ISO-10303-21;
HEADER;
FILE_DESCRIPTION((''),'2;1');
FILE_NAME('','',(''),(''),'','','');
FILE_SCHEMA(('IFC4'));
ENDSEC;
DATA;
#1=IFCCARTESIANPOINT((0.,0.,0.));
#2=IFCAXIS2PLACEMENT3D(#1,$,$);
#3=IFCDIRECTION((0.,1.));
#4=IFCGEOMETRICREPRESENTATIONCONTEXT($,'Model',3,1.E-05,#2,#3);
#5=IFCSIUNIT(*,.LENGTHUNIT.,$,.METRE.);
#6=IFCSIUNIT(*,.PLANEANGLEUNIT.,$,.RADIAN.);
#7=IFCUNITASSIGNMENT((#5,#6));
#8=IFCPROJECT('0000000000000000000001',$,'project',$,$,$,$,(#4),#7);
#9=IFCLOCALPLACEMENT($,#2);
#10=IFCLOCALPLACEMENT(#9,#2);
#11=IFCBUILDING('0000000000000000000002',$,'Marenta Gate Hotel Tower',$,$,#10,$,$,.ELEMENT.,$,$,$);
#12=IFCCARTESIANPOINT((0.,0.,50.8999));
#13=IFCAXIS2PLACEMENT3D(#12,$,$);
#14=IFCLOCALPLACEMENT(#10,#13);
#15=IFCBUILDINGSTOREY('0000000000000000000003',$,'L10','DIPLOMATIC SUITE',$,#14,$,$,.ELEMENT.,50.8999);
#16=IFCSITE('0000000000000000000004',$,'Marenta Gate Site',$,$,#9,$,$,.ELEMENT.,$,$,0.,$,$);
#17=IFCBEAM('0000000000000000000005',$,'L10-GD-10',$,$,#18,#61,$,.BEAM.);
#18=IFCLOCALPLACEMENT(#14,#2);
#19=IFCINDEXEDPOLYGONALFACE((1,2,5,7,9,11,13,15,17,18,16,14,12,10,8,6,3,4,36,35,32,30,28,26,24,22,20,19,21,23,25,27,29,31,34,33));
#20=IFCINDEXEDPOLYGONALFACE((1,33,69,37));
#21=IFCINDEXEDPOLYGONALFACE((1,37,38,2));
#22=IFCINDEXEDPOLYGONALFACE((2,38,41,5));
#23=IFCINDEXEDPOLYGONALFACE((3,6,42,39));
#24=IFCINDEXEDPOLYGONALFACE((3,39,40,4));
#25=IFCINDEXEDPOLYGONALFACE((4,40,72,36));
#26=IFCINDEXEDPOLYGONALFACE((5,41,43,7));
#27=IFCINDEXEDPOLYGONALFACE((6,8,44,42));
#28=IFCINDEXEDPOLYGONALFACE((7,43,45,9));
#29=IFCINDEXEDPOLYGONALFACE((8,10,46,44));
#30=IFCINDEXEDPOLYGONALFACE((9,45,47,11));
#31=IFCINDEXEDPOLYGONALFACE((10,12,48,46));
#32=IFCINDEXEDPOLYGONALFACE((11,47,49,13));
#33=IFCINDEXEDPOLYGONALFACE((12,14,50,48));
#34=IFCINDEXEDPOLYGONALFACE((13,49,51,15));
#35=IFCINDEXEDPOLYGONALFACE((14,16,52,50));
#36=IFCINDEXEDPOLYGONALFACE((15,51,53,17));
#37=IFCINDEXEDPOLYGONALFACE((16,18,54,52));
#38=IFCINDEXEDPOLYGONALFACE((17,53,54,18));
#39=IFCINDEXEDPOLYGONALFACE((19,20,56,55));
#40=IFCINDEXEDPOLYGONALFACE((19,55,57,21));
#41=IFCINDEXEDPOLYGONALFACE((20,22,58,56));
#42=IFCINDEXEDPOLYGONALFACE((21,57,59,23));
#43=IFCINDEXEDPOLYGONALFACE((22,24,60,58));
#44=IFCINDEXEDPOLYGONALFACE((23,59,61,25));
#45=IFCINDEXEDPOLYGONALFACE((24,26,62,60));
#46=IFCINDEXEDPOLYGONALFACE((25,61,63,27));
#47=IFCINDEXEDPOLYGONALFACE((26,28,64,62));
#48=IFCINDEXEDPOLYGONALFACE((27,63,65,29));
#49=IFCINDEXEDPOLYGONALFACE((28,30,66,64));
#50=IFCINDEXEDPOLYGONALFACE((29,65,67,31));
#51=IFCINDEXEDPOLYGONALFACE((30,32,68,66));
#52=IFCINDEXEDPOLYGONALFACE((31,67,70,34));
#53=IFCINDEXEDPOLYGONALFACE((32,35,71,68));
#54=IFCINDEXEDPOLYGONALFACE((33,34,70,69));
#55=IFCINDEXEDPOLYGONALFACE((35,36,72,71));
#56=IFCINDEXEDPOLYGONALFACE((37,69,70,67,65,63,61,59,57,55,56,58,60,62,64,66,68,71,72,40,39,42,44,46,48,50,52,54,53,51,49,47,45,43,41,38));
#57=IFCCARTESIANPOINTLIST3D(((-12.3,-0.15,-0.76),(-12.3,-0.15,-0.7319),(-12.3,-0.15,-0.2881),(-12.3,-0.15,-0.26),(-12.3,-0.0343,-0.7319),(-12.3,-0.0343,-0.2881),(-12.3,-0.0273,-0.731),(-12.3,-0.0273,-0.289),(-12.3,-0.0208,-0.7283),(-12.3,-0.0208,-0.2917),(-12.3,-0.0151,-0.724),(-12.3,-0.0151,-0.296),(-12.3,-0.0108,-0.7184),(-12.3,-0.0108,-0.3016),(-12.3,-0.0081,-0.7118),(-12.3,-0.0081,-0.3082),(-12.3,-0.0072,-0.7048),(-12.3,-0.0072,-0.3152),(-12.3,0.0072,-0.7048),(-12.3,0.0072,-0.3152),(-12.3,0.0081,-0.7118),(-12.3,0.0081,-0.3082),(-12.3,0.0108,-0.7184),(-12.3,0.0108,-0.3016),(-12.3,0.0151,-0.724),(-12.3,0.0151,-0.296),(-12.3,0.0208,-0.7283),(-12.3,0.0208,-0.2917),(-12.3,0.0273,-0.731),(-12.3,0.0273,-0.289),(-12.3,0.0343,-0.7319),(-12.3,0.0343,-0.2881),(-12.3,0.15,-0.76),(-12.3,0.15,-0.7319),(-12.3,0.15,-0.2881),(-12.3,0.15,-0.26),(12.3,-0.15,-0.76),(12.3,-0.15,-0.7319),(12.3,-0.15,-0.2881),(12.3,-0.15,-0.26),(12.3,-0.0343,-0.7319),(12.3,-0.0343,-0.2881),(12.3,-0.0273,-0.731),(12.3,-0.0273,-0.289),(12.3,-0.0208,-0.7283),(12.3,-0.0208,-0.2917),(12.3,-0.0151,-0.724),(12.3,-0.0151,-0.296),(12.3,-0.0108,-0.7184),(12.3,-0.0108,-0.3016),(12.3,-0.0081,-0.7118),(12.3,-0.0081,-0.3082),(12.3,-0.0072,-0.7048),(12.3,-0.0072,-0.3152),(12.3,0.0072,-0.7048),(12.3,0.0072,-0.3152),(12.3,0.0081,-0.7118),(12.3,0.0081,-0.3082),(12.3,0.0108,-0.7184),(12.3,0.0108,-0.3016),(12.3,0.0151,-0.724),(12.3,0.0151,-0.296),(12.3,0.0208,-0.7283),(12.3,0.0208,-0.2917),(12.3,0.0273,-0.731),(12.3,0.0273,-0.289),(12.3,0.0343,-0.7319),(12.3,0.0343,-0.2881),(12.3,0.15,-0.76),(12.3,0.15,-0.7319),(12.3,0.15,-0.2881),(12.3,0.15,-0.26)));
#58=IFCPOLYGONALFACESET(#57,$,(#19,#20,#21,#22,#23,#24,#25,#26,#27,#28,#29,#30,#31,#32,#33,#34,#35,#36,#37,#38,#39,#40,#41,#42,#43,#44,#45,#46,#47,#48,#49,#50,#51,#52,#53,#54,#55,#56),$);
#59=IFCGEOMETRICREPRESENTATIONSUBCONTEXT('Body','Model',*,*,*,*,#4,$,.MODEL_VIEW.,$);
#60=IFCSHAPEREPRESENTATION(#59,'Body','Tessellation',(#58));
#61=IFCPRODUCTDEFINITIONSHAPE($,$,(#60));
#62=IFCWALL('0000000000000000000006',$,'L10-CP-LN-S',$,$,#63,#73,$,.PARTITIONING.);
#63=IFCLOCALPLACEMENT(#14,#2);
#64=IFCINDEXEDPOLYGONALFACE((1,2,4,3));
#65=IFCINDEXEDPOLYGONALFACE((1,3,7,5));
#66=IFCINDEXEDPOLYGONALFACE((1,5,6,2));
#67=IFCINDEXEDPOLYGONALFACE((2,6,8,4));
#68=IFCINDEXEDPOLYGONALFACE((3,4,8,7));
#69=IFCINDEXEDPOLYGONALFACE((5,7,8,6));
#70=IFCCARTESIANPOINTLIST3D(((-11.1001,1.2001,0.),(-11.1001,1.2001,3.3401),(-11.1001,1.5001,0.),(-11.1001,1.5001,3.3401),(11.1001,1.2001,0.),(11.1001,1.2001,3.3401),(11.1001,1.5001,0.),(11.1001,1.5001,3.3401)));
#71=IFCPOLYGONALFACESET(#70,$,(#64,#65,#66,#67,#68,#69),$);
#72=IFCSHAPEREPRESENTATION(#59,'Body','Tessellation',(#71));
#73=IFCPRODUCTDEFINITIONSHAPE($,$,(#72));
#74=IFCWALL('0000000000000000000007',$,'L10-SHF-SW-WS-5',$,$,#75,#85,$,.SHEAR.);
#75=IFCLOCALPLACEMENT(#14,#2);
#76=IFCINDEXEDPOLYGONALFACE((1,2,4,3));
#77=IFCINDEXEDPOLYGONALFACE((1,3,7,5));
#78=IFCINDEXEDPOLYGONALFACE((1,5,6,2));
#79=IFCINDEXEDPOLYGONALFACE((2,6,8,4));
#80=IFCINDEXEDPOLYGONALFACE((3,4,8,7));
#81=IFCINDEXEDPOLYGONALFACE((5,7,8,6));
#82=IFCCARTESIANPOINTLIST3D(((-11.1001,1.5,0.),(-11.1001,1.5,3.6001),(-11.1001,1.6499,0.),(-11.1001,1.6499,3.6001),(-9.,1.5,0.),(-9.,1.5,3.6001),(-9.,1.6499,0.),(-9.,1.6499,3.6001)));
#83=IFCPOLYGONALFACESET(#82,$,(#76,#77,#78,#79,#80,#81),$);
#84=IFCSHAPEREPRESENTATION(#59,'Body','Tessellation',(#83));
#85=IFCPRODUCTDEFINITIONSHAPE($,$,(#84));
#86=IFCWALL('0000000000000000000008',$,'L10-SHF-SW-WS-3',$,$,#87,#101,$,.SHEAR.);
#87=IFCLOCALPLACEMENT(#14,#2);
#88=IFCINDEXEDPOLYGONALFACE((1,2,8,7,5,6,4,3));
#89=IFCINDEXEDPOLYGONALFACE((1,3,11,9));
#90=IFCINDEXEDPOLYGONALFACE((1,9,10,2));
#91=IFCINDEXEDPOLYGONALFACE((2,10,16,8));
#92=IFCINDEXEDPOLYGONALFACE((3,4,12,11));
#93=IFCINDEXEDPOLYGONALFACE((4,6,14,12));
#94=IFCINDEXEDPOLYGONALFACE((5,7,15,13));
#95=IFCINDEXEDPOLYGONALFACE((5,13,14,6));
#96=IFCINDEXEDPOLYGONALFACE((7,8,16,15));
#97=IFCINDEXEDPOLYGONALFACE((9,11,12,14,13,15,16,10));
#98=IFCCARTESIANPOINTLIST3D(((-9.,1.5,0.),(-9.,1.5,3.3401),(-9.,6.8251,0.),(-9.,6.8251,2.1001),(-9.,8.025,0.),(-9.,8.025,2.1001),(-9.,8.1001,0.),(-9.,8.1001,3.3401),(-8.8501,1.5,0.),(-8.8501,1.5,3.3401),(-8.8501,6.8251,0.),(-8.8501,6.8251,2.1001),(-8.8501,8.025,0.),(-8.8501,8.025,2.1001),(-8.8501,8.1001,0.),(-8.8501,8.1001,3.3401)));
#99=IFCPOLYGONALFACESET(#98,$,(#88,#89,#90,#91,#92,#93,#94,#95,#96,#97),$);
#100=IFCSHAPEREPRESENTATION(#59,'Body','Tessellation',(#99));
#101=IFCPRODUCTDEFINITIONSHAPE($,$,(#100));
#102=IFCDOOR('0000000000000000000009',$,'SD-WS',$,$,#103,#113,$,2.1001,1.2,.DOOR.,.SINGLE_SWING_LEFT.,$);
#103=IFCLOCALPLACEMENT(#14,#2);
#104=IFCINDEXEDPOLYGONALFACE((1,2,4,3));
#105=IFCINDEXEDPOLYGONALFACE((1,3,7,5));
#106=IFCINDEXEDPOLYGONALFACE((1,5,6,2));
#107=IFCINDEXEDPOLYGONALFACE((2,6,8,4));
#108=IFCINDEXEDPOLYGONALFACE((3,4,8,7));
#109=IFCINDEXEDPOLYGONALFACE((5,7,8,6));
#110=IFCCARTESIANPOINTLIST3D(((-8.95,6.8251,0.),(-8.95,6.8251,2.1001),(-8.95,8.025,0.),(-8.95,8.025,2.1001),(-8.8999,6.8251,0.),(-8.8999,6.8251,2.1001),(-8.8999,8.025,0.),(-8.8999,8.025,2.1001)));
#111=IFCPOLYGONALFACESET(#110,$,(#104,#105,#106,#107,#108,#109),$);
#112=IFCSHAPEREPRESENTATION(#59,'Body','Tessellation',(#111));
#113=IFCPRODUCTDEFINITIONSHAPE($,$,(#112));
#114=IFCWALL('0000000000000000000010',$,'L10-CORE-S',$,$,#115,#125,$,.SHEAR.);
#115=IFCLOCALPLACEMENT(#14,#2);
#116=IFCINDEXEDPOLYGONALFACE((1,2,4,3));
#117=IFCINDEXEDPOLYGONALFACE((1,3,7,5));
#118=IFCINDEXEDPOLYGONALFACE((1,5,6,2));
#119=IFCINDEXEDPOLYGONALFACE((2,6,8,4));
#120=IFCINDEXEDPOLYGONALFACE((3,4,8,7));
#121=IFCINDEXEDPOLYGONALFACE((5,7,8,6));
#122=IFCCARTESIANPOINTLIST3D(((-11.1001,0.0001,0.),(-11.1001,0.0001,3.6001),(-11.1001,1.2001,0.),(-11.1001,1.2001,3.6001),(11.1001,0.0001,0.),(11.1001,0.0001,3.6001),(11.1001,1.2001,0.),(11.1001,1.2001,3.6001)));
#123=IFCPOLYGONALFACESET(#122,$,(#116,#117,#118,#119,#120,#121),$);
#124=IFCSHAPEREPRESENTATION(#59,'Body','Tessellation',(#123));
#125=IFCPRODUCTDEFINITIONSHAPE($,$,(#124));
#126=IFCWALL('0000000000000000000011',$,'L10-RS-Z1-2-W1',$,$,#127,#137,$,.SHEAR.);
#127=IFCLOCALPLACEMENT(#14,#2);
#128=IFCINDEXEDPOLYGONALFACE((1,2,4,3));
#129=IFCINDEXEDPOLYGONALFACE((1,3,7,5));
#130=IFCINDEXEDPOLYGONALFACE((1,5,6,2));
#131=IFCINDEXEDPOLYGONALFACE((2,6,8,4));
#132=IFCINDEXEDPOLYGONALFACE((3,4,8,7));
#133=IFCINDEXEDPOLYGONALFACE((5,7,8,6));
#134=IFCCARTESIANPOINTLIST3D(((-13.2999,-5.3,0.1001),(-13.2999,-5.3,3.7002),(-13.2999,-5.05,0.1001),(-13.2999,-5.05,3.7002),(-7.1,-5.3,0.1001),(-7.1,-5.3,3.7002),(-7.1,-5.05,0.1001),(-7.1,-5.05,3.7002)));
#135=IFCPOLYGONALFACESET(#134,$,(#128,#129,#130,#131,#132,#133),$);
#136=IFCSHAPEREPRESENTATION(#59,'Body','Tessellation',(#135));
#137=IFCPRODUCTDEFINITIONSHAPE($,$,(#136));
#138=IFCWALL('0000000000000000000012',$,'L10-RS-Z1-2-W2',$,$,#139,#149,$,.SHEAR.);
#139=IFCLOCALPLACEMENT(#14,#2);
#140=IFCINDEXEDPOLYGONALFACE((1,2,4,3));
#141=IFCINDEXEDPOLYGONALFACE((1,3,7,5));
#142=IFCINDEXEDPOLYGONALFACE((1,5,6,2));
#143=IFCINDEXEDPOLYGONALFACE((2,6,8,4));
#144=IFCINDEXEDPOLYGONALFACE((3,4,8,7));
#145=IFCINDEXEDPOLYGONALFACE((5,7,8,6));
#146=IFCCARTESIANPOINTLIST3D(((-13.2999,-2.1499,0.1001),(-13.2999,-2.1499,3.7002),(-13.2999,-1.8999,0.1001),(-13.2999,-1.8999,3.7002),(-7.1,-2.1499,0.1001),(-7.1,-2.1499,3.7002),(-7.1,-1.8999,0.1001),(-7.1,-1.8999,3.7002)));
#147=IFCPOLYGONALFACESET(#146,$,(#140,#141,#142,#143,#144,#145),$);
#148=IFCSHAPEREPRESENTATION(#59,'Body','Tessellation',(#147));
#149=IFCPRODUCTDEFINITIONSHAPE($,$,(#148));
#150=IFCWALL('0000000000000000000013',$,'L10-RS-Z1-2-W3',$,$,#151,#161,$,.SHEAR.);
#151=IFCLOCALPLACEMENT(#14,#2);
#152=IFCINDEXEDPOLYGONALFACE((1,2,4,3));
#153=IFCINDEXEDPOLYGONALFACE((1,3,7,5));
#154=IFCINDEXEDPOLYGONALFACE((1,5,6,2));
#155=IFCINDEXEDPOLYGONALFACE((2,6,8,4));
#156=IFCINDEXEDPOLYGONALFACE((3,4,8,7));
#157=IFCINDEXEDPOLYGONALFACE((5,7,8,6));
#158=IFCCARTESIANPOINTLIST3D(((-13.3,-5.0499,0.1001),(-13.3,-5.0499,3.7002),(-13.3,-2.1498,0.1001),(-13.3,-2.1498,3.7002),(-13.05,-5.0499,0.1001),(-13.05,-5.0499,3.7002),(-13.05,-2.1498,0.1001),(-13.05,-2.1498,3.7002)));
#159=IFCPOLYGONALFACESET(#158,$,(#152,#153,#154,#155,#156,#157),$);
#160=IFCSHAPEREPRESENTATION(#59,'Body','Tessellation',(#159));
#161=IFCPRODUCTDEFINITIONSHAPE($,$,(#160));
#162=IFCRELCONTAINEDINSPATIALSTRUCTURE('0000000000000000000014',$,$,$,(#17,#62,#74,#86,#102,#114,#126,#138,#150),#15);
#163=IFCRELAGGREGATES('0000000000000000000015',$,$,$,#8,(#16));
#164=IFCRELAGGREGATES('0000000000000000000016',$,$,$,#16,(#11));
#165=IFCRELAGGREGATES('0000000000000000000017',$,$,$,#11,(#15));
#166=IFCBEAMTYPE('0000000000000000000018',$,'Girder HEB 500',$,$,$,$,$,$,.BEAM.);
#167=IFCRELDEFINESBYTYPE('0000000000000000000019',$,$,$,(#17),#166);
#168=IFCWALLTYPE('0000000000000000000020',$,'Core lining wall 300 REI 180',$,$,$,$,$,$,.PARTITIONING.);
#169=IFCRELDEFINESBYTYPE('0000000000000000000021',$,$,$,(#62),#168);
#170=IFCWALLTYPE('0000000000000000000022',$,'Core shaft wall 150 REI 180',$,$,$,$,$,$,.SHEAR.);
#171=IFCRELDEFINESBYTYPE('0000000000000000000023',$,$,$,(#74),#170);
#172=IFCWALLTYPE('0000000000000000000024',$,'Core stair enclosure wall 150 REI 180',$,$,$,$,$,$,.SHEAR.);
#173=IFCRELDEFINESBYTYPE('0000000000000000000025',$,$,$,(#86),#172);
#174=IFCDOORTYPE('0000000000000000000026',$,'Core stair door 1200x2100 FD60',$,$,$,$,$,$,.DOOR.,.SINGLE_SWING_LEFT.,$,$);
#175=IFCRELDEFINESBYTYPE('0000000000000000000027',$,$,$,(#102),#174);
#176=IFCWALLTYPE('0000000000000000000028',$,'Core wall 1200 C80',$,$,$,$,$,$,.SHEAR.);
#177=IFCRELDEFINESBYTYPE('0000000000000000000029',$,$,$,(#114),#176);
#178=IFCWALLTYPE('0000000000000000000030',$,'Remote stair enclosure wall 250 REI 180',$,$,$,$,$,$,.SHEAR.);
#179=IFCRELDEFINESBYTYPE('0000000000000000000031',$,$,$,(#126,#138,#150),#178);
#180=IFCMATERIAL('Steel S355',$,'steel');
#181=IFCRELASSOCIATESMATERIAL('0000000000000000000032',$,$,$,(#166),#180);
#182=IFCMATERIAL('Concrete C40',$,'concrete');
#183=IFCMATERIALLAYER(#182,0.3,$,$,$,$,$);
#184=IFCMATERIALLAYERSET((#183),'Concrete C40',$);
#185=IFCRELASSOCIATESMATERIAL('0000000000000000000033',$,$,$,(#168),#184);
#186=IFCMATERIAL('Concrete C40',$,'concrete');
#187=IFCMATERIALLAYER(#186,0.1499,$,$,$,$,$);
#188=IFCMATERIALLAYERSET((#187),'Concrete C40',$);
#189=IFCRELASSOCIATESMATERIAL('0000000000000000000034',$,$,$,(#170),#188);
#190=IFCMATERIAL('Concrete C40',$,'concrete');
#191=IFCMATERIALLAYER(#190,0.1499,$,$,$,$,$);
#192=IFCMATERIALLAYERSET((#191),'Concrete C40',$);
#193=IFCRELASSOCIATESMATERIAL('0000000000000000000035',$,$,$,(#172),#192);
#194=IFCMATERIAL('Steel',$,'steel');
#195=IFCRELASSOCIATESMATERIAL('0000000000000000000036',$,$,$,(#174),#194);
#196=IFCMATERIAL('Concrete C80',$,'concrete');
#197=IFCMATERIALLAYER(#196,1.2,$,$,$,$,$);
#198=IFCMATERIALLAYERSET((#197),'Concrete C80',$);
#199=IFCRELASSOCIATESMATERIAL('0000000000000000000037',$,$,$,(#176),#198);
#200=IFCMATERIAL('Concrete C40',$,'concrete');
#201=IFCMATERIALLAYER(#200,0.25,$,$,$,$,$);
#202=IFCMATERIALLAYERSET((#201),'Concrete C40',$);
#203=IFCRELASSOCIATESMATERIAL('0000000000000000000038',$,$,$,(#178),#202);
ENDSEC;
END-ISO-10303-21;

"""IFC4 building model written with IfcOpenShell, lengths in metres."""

from ifc_helpers import new_model, si_unit, direction, frame, frame_2d, origin, origin_2d, place, context, subcontext, project, spatial, rectangle, i_section, extrude, material, layer, layer_set, material_profile, profile_set, type_object, element, fill, save


model = new_model("IFC4")

# Units and contexts
model_context = context("Model", 3, precision=1e-05, world=origin(), true_north=direction((0.0, 1.0)))
body_context = subcontext(model_context, "Body", "Model", "MODEL_VIEW")
ifc_project = project(units=[si_unit("LENGTHUNIT", "METRE"), si_unit("PLANEANGLEUNIT", "RADIAN")], contexts=[model_context])

# Site, building, storey
site_placement = place(None, origin())
site = spatial("IfcSite", under=ifc_project, at=site_placement, Name="Marenta Gate Site", CompositionType="ELEMENT", RefElevation=0.0)
building_placement = place(site_placement, origin())
building = spatial("IfcBuilding", under=site, at=building_placement, Name="Marenta Gate Hotel Tower", CompositionType="ELEMENT")
storey_placement = place(building_placement, frame((0.0, 0.0, 50.8999)))
storey = spatial("IfcBuildingStorey", under=building, at=storey_placement, Name="L10", Description="DIPLOMATIC SUITE", CompositionType="ELEMENT", Elevation=50.8999)

# Beam
ifc_material_1 = material(Name="Steel S355", Category="steel")
ifc_material_profile = material_profile(ifc_material_1, i_section(OverallWidth=0.3, OverallDepth=0.5, WebThickness=0.0144, FlangeThickness=0.0281, FilletRadius=0.0271, at=origin_2d()), Name="HEB 500")
ifc_profile_set = profile_set([ifc_material_profile], Name="Steel S355")
beam_type = type_object("IfcBeamType", Name="Girder HEB 500", PredefinedType="BEAM", material=ifc_profile_set)
beam_placement = place(storey_placement, frame((-12.3, 0.0, -0.51), z_axis=(1.0, 0.0, 0.0), x_axis=(0.0, 1.0, 0.0)))
element("IfcBeam", 1, at=beam_placement, inside=storey, type_object=beam_type, Name="L10-GD-10", PredefinedType="BEAM", context=body_context, shape_type="SweptSolid", body=[
    extrude(i_section(OverallWidth=0.3, OverallDepth=0.5, WebThickness=0.0144, FlangeThickness=0.0281, FilletRadius=0.0271, at=origin_2d()), origin(), (0.0, 0.0, 1.0), 24.6001),
])

# Walls
ifc_material_2 = material(Name="Concrete C40", Category="concrete")
ifc_layer_1 = layer(ifc_material_2, 0.3)
ifc_layer_set_1 = layer_set([ifc_layer_1], Name="Concrete C40")
wall_type_1 = type_object("IfcWallType", Name="Core lining wall 300 REI 180", PredefinedType="PARTITIONING", material=ifc_layer_set_1)
wall_1_placement = place(storey_placement, frame((-11.1001, 1.3501, 0.0), z_axis=(0.0, 0.0, 1.0), x_axis=(1.0, 0.0, 0.0)))
element("IfcWall", 2, at=wall_1_placement, inside=storey, type_object=wall_type_1, Name="L10-CP-LN-S", PredefinedType="PARTITIONING", context=body_context, shape_type="SweptSolid", body=[
    extrude(rectangle(XDim=22.2002, YDim=0.3, at=frame_2d((11.1001, 0.0))), origin(), (0.0, 0.0, 1.0), 3.3401),
])
ifc_material_3 = material(Name="Concrete C40", Category="concrete")
ifc_layer_2 = layer(ifc_material_3, 0.1499)
ifc_layer_set_2 = layer_set([ifc_layer_2], Name="Concrete C40")
wall_type_2 = type_object("IfcWallType", Name="Core shaft wall 150 REI 180", PredefinedType="SHEAR", material=ifc_layer_set_2)
wall_2_placement = place(storey_placement, frame((-11.1001, 1.575, 0.0), z_axis=(0.0, 0.0, 1.0), x_axis=(1.0, 0.0, 0.0)))
element("IfcWall", 3, at=wall_2_placement, inside=storey, type_object=wall_type_2, Name="L10-SHF-SW-WS-5", PredefinedType="SHEAR", context=body_context, shape_type="SweptSolid", body=[
    extrude(rectangle(XDim=2.1001, YDim=0.1499, at=frame_2d((1.05, 0.0))), origin(), (0.0, 0.0, 1.0), 3.6001),
])

# Wall, opening, door
ifc_material_4 = material(Name="Concrete C40", Category="concrete")
ifc_layer_3 = layer(ifc_material_4, 0.1499)
ifc_layer_set_3 = layer_set([ifc_layer_3], Name="Concrete C40")
wall_type_3 = type_object("IfcWallType", Name="Core stair enclosure wall 150 REI 180", PredefinedType="SHEAR", material=ifc_layer_set_3)
wall_3_placement = place(storey_placement, frame((-8.925, 1.5, 0.0), z_axis=(0.0, 0.0, 1.0), x_axis=(0.0, 1.0, 0.0)))
wall_3 = element("IfcWall", 4, at=wall_3_placement, inside=storey, type_object=wall_type_3, Name="L10-SHF-SW-WS-3", PredefinedType="SHEAR", context=body_context, shape_type="SweptSolid", body=[
    extrude(rectangle(XDim=6.6001, YDim=0.1499, at=frame_2d((3.3, 0.0))), origin(), (0.0, 0.0, 1.0), 3.3401),
])
opening_1_placement = place(wall_3_placement, frame((5.325, 0.0, 0.0)))
opening_1 = element("IfcOpeningElement", 5, at=opening_1_placement, cuts=wall_3, PredefinedType="OPENING", context=body_context, shape_type="SweptSolid", body=[
    extrude(rectangle(XDim=1.2, YDim=2.1001, at=frame_2d((0.6001, 1.05))), frame((0.0, 0.075, 0.0), z_axis=(0.0, -1.0, 0.0), x_axis=(1.0, 0.0, 0.0)), (0.0, 0.0, 1.0), 0.1499),
])
ifc_material_5 = material(Name="Steel", Category="steel")
door_type_1 = type_object("IfcDoorType", Name="Core stair door 1200x2100 FD60", OperationType="SINGLE_SWING_LEFT", PredefinedType="DOOR", material=ifc_material_5)
door_1_placement = place(opening_1_placement, origin())
door_1 = element("IfcDoor", 6, at=door_1_placement, inside=storey, type_object=door_type_1, Name="SD-WS", OperationType="SINGLE_SWING_LEFT", OverallHeight=2.1001, OverallWidth=1.2, PredefinedType="DOOR", context=body_context, shape_type="SweptSolid", body=[
    extrude(rectangle(XDim=1.2, YDim=2.1001, at=frame_2d((0.6001, 1.05))), frame((0.0, 0.0249, 0.0), z_axis=(0.0, -1.0, 0.0), x_axis=(1.0, 0.0, 0.0)), (0.0, 0.0, 1.0), 0.05),
])
fill(opening_1, door_1)

# Shared definitions
ifc_material_6 = material(Name="Concrete C80", Category="concrete")
ifc_layer_4 = layer(ifc_material_6, 1.2)
ifc_layer_set_4 = layer_set([ifc_layer_4], Name="Concrete C80")
wall_type_4 = type_object("IfcWallType", Name="Core wall 1200 C80", PredefinedType="SHEAR", material=ifc_layer_set_4)

# Walls
wall_4_placement = place(storey_placement, frame((-11.1001, 0.6001, 0.0), z_axis=(0.0, 0.0, 1.0), x_axis=(1.0, 0.0, 0.0)))
element("IfcWall", 7, at=wall_4_placement, inside=storey, type_object=wall_type_4, Name="L10-CORE-S", PredefinedType="SHEAR", context=body_context, shape_type="SweptSolid", body=[
    extrude(rectangle(XDim=22.2002, YDim=1.2, at=frame_2d((11.1001, 0.0))), origin(), (0.0, 0.0, 1.0), 3.6001),
])
ifc_material_7 = material(Name="Concrete C40", Category="concrete")
ifc_layer_5 = layer(ifc_material_7, 0.25)
ifc_layer_set_5 = layer_set([ifc_layer_5], Name="Concrete C40")
wall_type_5 = type_object("IfcWallType", Name="Remote stair enclosure wall 250 REI 180", PredefinedType="SHEAR", material=ifc_layer_set_5)
for number, where, z_axis, x_axis, name in (
    (8, (-13.3, -5.175, 0.1001), (0.0, 0.0, 1.0), (1.0, 0.0, 0.0), "L10-RS-Z1-2-W1"),
    (9, (-13.3, -2.0249, 0.1001), (0.0, 0.0, 1.0), (1.0, 0.0, 0.0), "L10-RS-Z1-2-W2"),
):
    element("IfcWall", number, at=place(storey_placement, frame(where, z_axis=z_axis, x_axis=x_axis)), inside=storey, type_object=wall_type_5, Name=name, PredefinedType="SHEAR", context=body_context, shape_type="SweptSolid", body=[
        extrude(rectangle(XDim=6.2, YDim=0.25, at=frame_2d((3.1001, 0.0))), origin(), (0.0, 0.0, 1.0), 3.6001),
    ])
wall_5_placement = place(storey_placement, frame((-13.175, -5.05, 0.1001), z_axis=(0.0, 0.0, 1.0), x_axis=(0.0, 1.0, 0.0)))
element("IfcWall", 10, at=wall_5_placement, inside=storey, type_object=wall_type_5, Name="L10-RS-Z1-2-W3", PredefinedType="SHEAR", context=body_context, shape_type="SweptSolid", body=[
    extrude(rectangle(XDim=2.9001, YDim=0.25, at=frame_2d((1.4502, 0.0))), origin(), (0.0, 0.0, 1.0), 3.6001),
])

save(model, "model.ifc")
